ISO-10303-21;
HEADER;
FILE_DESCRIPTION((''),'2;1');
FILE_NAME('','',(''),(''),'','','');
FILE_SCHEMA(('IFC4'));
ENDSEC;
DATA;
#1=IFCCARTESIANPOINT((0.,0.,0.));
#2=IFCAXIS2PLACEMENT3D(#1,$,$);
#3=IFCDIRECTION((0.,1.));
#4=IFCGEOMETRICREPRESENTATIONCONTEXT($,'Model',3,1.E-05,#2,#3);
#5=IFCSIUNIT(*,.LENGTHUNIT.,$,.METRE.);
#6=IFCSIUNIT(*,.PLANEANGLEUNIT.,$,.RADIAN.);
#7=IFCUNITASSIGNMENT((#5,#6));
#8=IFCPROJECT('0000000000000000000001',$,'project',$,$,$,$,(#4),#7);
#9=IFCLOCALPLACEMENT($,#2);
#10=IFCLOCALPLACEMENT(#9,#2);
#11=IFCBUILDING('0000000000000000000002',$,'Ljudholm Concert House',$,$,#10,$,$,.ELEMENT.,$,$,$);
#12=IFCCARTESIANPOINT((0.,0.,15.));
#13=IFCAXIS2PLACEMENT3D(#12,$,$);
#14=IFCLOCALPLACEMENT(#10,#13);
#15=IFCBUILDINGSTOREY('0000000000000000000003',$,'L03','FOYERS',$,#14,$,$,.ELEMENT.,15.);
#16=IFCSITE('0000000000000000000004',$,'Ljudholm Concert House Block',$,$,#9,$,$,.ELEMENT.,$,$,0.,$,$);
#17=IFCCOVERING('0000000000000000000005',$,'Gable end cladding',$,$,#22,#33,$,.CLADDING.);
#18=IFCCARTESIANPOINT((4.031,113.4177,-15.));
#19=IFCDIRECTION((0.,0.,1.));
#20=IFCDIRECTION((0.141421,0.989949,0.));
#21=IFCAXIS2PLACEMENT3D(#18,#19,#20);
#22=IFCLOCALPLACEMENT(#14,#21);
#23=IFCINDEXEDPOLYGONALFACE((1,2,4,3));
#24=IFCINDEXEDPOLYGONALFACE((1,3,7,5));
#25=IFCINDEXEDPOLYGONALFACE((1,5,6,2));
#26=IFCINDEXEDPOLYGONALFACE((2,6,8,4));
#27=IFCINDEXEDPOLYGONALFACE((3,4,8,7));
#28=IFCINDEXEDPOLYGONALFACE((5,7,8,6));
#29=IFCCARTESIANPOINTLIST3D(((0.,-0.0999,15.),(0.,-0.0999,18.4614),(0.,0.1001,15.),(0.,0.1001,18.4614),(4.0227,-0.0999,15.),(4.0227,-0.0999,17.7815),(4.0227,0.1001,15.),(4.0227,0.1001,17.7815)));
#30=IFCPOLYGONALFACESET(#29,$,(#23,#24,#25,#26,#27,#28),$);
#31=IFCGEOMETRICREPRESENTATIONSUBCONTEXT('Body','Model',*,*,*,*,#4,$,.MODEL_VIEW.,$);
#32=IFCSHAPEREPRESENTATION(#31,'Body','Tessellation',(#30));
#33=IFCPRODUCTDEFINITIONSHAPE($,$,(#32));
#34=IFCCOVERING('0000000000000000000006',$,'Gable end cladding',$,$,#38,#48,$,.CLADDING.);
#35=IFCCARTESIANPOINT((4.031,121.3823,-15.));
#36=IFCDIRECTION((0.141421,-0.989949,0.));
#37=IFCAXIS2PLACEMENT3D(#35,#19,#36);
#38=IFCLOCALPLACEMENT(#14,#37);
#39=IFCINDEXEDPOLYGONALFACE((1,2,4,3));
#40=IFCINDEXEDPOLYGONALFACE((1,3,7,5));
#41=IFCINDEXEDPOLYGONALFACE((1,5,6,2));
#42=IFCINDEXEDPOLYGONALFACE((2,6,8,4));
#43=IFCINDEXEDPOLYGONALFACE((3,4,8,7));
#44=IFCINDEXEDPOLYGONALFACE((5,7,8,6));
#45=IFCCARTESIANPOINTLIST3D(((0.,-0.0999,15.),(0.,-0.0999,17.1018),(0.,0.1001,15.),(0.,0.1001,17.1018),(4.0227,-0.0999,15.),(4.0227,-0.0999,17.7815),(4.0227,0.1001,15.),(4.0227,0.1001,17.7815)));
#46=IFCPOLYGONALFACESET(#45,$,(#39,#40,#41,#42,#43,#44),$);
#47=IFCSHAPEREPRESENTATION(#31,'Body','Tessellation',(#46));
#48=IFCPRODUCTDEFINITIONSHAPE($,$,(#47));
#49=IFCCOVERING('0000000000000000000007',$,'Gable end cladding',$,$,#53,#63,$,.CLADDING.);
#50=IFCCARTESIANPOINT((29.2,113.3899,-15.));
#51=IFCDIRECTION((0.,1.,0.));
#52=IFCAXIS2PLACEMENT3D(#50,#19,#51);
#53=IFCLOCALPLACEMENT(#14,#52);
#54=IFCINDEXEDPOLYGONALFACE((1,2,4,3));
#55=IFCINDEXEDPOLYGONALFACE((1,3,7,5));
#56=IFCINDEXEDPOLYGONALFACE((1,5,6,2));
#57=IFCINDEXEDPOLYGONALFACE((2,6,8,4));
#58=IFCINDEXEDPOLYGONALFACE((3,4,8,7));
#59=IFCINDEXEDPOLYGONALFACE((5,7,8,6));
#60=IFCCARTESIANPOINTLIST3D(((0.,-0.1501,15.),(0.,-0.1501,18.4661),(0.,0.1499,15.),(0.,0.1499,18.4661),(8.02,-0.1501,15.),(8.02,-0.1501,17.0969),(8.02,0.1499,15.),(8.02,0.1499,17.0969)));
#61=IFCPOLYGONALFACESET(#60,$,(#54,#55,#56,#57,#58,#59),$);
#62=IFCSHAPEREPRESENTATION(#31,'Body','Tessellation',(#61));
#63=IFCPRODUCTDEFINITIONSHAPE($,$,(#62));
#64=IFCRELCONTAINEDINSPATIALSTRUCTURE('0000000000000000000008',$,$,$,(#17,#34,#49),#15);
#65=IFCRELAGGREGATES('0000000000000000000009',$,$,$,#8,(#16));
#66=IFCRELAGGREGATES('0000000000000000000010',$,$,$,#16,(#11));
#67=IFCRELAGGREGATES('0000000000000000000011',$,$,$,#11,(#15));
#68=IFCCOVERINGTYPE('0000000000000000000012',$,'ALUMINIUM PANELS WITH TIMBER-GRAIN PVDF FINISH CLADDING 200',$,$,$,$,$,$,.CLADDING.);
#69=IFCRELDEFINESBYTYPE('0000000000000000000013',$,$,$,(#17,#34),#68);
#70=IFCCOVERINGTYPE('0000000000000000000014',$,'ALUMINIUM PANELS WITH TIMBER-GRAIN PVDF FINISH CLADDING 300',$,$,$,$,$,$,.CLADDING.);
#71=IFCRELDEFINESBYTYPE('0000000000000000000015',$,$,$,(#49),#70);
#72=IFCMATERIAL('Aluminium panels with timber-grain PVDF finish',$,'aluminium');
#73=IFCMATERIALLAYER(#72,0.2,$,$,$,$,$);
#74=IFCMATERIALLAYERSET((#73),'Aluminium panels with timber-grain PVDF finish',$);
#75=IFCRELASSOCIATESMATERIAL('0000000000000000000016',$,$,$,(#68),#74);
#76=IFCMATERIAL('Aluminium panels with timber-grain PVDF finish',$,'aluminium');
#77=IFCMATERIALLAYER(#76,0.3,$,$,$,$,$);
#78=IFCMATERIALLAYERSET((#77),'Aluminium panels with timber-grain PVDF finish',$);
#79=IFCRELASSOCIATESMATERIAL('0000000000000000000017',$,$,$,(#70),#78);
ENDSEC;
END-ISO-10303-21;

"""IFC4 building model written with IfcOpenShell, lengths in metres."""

from ifc_helpers import new_model, si_unit, direction, frame, origin, place, context, subcontext, project, spatial, polyline, outline, extrude, material, layer, layer_set, type_object, element, save


model = new_model("IFC4")

# Units and contexts
model_context = context("Model", 3, precision=1e-05, world=origin(), true_north=direction((0.0, 1.0)))
body_context = subcontext(model_context, "Body", "Model", "MODEL_VIEW")
ifc_project = project(units=[si_unit("LENGTHUNIT", "METRE"), si_unit("PLANEANGLEUNIT", "RADIAN")], contexts=[model_context])

# Site, building, storey
site_placement = place(None, origin())
site = spatial("IfcSite", under=ifc_project, at=site_placement, Name="Ljudholm Concert House Block", CompositionType="ELEMENT", RefElevation=0.0)
building_placement = place(site_placement, origin())
building = spatial("IfcBuilding", under=site, at=building_placement, Name="Ljudholm Concert House", CompositionType="ELEMENT")
storey_placement = place(building_placement, frame((0.0, 0.0, 15.0)))
storey = spatial("IfcBuildingStorey", under=building, at=storey_placement, Name="L03", Description="FOYERS", CompositionType="ELEMENT", Elevation=15.0)

# Coverings
ifc_material_1 = material(Name="Aluminium panels with timber-grain PVDF finish", Category="aluminium")
ifc_layer_1 = layer(ifc_material_1, 0.2)
ifc_layer_set_1 = layer_set([ifc_layer_1], Name="Aluminium panels with timber-grain PVDF finish")
covering_type_1 = type_object("IfcCoveringType", Name="ALUMINIUM PANELS WITH TIMBER-GRAIN PVDF FINISH CLADDING 200", PredefinedType="CLADDING", material=ifc_layer_set_1)
covering_1_placement = place(storey_placement, frame((4.031, 113.4177, -15.0), z_axis=(0.0, 0.0, 1.0), x_axis=(0.141421, 0.989949, 0.0)))
element("IfcCovering", 1, at=covering_1_placement, inside=storey, type_object=covering_type_1, Name="Gable end cladding", PredefinedType="CLADDING", context=body_context, shape_type="SweptSolid", body=[
    extrude(outline(polyline([(0.0, 15.0), (4.0227, 15.0), (4.0227, 17.7815), (0.0, 18.4614), (0.0, 15.0)])), frame((0.0, 0.1001, 0.0), z_axis=(0.0, -1.0, 0.0), x_axis=(1.0, 0.0, 0.0)), (0.0, 0.0, 1.0), 0.2),
])
covering_2_placement = place(storey_placement, frame((4.031, 121.3823, -15.0), z_axis=(0.0, 0.0, 1.0), x_axis=(0.141421, -0.989949, 0.0)))
element("IfcCovering", 2, at=covering_2_placement, inside=storey, type_object=covering_type_1, Name="Gable end cladding", PredefinedType="CLADDING", context=body_context, shape_type="SweptSolid", body=[
    extrude(outline(polyline([(0.0, 15.0), (4.0227, 15.0), (4.0227, 17.7815), (0.0, 17.1018), (0.0, 15.0)])), frame((0.0, 0.1001, 0.0), z_axis=(0.0, -1.0, 0.0), x_axis=(1.0, 0.0, 0.0)), (0.0, 0.0, 1.0), 0.2),
])
ifc_material_2 = material(Name="Aluminium panels with timber-grain PVDF finish", Category="aluminium")
ifc_layer_2 = layer(ifc_material_2, 0.3)
ifc_layer_set_2 = layer_set([ifc_layer_2], Name="Aluminium panels with timber-grain PVDF finish")
covering_type_2 = type_object("IfcCoveringType", Name="ALUMINIUM PANELS WITH TIMBER-GRAIN PVDF FINISH CLADDING 300", PredefinedType="CLADDING", material=ifc_layer_set_2)
covering_3_placement = place(storey_placement, frame((29.2, 113.3899, -15.0), z_axis=(0.0, 0.0, 1.0), x_axis=(0.0, 1.0, 0.0)))
element("IfcCovering", 3, at=covering_3_placement, inside=storey, type_object=covering_type_2, Name="Gable end cladding", PredefinedType="CLADDING", context=body_context, shape_type="SweptSolid", body=[
    extrude(outline(polyline([(0.0, 15.0), (8.02, 15.0), (8.02, 17.0969), (0.0, 18.4661), (0.0, 15.0)])), frame((0.0, 0.1499, 0.0), z_axis=(0.0, -1.0, 0.0), x_axis=(1.0, 0.0, 0.0)), (0.0, 0.0, 1.0), 0.3),
])

save(model, "model.ifc")
